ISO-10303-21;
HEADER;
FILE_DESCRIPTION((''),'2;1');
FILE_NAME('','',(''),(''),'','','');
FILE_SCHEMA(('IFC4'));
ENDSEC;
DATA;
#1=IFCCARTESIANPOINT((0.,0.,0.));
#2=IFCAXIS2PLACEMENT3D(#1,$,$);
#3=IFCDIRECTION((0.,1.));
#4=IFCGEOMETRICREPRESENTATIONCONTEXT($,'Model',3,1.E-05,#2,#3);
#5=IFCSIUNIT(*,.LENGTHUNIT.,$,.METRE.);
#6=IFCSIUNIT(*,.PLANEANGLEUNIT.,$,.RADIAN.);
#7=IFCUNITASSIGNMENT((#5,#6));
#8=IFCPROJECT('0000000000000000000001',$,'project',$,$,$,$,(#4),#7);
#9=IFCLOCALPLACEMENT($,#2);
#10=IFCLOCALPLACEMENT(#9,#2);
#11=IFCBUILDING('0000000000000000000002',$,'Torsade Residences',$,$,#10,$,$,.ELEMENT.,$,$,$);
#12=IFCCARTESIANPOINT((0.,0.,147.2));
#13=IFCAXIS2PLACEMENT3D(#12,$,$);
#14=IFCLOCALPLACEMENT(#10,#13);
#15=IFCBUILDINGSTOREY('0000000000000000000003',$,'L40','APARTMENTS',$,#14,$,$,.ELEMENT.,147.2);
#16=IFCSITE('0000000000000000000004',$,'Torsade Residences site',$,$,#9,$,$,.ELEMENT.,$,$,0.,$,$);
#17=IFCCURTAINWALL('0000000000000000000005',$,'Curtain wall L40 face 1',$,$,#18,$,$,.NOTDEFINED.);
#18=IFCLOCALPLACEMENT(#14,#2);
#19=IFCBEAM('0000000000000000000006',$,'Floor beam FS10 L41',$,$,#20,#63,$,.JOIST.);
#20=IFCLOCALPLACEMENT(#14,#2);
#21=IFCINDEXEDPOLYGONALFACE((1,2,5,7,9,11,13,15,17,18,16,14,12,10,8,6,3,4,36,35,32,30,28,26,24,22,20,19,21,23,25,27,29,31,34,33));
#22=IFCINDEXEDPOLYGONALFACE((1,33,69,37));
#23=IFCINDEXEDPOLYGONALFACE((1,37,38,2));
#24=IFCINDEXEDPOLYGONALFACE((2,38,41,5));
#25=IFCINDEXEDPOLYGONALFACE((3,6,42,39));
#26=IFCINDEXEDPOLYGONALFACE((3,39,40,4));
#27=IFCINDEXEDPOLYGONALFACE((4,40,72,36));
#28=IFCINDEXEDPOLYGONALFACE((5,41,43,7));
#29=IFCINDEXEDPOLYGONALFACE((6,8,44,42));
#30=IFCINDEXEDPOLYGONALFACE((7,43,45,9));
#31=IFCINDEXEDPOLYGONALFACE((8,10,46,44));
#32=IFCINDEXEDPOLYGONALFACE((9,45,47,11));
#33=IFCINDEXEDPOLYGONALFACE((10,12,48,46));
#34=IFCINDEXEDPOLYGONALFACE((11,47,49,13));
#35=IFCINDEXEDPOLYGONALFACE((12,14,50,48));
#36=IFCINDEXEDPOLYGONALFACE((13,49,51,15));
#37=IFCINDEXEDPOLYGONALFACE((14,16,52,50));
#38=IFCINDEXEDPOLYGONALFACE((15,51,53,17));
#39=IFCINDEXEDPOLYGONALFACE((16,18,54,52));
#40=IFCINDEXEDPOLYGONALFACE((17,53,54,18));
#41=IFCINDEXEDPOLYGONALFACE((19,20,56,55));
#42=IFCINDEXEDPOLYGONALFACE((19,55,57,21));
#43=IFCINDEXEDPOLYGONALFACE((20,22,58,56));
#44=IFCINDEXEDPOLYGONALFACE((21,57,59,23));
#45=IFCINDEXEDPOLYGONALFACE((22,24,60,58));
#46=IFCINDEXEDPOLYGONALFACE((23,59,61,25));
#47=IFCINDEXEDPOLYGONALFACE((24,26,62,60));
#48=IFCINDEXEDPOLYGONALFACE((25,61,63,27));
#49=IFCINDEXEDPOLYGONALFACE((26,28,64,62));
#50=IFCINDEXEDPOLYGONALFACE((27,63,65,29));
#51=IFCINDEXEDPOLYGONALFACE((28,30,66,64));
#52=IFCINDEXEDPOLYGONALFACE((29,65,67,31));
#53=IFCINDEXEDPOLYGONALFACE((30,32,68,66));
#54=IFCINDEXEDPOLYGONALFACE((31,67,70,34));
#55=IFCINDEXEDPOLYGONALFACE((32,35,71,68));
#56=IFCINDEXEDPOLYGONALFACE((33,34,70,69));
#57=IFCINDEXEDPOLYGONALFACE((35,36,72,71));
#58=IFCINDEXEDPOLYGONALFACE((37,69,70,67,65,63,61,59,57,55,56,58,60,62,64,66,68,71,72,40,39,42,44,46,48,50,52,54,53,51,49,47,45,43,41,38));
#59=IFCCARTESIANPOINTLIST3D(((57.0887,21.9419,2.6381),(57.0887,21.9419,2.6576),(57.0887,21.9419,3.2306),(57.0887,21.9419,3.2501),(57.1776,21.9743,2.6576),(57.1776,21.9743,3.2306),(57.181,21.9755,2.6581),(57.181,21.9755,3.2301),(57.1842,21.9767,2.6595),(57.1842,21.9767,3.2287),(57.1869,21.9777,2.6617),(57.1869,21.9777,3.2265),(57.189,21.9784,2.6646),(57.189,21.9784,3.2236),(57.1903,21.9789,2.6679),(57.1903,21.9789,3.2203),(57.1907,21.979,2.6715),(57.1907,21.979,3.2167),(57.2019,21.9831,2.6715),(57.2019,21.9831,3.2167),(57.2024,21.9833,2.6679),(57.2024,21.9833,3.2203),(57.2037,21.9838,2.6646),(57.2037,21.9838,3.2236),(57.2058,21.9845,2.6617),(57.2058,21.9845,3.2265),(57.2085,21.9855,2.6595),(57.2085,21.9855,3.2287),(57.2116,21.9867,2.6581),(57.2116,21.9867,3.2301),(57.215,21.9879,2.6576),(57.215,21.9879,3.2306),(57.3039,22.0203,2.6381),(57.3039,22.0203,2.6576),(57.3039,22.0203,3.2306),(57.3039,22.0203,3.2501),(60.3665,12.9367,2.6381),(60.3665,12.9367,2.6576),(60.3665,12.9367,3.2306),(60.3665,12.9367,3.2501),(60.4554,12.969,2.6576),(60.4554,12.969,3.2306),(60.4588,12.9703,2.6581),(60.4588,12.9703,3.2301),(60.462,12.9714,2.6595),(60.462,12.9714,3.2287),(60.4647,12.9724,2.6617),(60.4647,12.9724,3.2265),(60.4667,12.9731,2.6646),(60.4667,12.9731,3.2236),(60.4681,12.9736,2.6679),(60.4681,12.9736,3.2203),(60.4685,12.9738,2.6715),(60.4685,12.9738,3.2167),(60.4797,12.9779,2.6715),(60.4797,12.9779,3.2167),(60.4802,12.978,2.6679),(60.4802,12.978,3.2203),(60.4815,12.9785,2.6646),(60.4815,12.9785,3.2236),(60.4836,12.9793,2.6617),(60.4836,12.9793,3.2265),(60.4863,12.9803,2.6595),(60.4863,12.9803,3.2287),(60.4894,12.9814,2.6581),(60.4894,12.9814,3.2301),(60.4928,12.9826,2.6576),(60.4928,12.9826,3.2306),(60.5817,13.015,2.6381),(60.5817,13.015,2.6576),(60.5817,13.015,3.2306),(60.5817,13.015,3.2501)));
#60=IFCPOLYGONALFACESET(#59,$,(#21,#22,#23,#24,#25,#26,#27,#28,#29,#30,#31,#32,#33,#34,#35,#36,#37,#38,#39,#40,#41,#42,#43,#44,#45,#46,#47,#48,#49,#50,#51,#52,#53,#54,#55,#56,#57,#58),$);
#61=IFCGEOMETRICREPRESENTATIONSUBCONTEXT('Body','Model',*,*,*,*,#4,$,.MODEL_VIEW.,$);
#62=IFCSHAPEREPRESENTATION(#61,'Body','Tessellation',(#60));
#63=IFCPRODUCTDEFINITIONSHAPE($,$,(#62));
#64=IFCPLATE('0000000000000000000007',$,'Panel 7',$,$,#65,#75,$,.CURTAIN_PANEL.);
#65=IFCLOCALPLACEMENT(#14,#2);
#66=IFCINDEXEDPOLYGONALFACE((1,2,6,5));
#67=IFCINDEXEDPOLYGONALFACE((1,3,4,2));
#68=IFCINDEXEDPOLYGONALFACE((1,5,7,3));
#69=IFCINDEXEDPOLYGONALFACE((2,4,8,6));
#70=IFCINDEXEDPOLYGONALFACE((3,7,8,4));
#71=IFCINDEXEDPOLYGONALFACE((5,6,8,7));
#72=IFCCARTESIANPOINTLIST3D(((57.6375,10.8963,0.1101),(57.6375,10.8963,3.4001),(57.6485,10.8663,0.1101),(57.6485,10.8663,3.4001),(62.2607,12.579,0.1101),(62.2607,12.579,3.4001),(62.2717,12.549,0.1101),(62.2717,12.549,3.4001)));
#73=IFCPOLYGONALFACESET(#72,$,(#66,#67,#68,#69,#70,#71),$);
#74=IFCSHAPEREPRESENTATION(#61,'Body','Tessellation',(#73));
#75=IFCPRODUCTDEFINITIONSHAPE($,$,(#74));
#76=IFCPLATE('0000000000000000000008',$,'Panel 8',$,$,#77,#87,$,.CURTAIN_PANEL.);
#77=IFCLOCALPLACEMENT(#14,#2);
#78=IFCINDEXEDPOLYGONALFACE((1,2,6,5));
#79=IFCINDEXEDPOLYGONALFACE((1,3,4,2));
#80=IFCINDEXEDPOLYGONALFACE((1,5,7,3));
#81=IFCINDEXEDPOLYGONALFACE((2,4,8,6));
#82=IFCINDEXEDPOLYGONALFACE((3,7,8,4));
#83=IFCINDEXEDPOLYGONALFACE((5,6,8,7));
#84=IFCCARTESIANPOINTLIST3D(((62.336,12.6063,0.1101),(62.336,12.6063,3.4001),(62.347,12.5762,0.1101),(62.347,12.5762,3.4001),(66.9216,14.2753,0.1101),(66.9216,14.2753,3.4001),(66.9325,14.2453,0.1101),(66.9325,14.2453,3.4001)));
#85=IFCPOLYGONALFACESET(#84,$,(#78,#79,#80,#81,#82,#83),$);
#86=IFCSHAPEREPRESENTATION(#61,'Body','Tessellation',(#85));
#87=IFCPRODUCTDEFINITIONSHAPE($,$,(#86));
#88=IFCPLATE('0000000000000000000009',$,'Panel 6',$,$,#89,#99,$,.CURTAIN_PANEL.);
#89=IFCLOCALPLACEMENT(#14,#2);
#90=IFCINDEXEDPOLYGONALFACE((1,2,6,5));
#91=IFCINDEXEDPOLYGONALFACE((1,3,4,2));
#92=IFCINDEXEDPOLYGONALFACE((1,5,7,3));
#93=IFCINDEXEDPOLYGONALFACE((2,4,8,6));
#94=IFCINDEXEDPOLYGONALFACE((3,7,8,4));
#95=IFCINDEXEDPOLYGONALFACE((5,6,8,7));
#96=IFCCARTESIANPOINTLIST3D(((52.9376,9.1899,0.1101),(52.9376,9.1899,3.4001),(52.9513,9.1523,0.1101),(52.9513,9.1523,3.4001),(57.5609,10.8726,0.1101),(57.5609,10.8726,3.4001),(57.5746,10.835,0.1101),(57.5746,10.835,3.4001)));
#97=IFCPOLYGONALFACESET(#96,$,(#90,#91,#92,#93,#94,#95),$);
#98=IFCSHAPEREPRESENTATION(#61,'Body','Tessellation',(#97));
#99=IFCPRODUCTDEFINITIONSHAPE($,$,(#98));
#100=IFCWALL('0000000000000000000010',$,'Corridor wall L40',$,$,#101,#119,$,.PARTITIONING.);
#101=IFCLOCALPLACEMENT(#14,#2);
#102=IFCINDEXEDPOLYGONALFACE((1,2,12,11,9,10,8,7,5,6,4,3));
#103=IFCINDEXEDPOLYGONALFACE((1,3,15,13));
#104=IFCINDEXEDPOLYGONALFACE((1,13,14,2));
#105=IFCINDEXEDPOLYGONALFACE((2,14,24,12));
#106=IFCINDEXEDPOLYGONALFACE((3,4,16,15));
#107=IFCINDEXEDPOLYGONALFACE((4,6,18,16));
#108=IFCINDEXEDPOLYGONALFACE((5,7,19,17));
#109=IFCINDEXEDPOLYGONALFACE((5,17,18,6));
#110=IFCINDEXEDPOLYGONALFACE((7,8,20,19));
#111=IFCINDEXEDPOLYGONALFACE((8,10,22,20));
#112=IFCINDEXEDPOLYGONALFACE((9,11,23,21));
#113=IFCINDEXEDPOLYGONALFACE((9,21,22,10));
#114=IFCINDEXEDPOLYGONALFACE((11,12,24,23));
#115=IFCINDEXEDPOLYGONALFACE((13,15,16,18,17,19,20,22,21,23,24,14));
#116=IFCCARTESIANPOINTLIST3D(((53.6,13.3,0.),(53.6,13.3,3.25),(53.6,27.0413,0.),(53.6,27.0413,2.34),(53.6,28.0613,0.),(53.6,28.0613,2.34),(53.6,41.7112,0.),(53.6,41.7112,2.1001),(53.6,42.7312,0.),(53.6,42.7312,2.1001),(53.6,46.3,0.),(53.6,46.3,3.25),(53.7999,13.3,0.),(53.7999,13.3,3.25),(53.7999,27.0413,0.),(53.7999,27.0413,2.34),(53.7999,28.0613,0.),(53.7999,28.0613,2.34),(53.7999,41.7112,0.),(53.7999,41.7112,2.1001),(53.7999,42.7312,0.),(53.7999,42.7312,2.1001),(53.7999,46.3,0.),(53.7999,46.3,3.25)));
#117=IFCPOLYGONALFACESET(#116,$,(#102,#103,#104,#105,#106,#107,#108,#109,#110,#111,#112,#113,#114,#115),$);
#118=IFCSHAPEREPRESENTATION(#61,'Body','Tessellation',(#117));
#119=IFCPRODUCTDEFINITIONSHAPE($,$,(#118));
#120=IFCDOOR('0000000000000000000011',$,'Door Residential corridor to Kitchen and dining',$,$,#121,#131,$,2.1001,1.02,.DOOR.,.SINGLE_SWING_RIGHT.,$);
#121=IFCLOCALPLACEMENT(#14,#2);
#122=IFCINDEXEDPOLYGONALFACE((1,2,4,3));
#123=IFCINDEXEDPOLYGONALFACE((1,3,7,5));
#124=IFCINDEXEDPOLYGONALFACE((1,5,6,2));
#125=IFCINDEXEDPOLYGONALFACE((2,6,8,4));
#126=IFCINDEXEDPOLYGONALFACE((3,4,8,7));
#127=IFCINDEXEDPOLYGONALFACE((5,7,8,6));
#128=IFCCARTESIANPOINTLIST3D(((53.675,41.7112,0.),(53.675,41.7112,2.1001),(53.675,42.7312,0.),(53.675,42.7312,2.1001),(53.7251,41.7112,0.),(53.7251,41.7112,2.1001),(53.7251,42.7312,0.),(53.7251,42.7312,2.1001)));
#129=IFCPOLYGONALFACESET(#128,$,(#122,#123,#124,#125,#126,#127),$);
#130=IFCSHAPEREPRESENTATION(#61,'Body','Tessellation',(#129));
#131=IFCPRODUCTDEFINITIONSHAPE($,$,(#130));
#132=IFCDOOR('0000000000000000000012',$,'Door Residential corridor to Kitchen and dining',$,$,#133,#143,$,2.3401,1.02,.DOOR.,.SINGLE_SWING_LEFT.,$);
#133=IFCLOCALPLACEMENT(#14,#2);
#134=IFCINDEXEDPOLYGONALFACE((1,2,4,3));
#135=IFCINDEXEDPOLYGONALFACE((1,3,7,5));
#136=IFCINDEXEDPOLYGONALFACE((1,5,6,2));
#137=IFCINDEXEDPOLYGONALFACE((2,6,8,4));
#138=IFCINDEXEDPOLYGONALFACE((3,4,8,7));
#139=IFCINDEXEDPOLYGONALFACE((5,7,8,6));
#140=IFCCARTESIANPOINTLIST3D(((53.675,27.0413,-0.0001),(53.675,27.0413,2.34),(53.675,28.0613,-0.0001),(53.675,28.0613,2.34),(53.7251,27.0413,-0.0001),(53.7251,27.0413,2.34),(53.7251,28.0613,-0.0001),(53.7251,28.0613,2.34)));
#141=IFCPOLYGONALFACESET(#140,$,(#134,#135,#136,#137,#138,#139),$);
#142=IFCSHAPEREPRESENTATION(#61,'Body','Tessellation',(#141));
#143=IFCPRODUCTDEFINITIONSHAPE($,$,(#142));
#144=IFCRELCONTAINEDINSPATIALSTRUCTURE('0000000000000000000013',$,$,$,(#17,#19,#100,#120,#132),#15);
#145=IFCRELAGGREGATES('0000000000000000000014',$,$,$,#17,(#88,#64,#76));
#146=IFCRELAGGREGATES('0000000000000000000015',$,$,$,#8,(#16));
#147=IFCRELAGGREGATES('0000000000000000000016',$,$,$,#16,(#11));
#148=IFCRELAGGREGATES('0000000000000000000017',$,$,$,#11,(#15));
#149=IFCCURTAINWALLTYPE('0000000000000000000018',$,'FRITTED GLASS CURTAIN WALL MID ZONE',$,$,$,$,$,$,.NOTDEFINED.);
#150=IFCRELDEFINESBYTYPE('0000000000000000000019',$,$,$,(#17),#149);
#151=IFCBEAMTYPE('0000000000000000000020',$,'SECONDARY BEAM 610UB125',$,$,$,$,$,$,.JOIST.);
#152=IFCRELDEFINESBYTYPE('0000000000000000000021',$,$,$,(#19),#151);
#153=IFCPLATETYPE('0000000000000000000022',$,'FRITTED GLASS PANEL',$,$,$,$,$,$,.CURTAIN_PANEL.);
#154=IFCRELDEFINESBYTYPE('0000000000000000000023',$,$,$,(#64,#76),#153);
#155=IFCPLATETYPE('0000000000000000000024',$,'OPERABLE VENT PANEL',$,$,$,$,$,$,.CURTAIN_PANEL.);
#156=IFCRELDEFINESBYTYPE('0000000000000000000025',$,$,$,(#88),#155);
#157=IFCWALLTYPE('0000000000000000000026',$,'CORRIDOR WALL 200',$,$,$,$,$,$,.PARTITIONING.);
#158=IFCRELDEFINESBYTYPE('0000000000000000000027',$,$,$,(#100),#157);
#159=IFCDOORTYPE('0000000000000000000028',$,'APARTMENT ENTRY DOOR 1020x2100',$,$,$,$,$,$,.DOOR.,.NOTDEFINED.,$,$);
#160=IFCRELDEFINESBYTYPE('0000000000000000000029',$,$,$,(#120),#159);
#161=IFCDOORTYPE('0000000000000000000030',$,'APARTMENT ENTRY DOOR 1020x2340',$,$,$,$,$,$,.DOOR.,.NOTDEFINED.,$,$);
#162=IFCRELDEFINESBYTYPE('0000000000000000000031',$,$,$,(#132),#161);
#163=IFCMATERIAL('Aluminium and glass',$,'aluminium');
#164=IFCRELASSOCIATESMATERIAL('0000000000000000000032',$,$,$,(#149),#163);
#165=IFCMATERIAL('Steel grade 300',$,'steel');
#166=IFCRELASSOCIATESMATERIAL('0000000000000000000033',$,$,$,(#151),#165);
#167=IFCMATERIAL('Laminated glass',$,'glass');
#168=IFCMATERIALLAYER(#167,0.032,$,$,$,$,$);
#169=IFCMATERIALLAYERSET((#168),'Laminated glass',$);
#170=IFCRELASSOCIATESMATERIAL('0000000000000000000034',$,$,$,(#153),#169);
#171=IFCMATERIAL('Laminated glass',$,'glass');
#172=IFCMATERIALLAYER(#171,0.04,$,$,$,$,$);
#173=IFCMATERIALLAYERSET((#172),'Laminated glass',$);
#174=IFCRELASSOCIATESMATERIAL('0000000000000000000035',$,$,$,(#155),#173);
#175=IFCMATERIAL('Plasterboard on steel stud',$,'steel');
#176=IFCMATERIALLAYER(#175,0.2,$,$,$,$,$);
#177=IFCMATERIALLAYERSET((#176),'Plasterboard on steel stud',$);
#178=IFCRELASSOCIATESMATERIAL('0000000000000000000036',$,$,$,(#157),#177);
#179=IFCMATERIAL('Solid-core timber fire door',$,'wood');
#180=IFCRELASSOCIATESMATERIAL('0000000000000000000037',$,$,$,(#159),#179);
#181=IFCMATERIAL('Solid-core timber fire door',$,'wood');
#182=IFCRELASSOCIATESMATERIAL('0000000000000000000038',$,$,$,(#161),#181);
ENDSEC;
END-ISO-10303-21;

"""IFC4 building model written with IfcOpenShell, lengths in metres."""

from ifc_helpers import new_model, si_unit, direction, frame, frame_2d, origin, origin_2d, place, context, subcontext, project, spatial, rectangle, i_section, extrude, material, layer, layer_set, material_profile, profile_set, type_object, element, fill, aggregate, save


model = new_model("IFC4")

# Units and contexts
model_context = context("Model", 3, precision=1e-05, world=origin(), true_north=direction((0.0, 1.0)))
body_context = subcontext(model_context, "Body", "Model", "MODEL_VIEW")
ifc_project = project(units=[si_unit("LENGTHUNIT", "METRE"), si_unit("PLANEANGLEUNIT", "RADIAN")], contexts=[model_context])

# Site, building, storey
site_placement = place(None, origin())
site = spatial("IfcSite", under=ifc_project, at=site_placement, Name="Torsade Residences site", CompositionType="ELEMENT", RefElevation=0.0)
building_placement = place(site_placement, origin())
building = spatial("IfcBuilding", under=site, at=building_placement, Name="Torsade Residences", CompositionType="ELEMENT")
storey_placement = place(building_placement, frame((0.0, 0.0, 147.2)))
storey = spatial("IfcBuildingStorey", under=building, at=storey_placement, Name="L40", Description="APARTMENTS", CompositionType="ELEMENT", Elevation=147.2)

# Curtain wall
ifc_material_1 = material(Name="Aluminium and glass", Category="aluminium")
curtain_wall_type = type_object("IfcCurtainWallType", Name="FRITTED GLASS CURTAIN WALL MID ZONE", PredefinedType="NOTDEFINED", material=ifc_material_1)
curtain_wall_placement = place(storey_placement, origin())
curtain_wall = element("IfcCurtainWall", 1, at=curtain_wall_placement, inside=storey, type_object=curtain_wall_type, Name="Curtain wall L40 face 1", PredefinedType="NOTDEFINED")

# Beam
ifc_material_2 = material(Name="Steel grade 300", Category="steel")
ifc_material_profile_1 = material_profile(ifc_material_2, i_section(OverallWidth=0.229, OverallDepth=0.6121, WebThickness=0.012, FlangeThickness=0.0195, FilletRadius=0.0139, at=origin_2d()), Name="610UB125")
ifc_profile_set_1 = profile_set([ifc_material_profile_1], Name="Steel grade 300")
beam_type_1 = type_object("IfcBeamType", Name="SECONDARY BEAM 610UB125", PredefinedType="JOIST", material=ifc_profile_set_1)
beam_1_placement = place(storey_placement, frame((60.4741, 12.9758, 2.9441), z_axis=(-0.342034, 0.939688, 0.0), x_axis=(-0.939688, -0.342034, 0.0)))
element("IfcBeam", 2, at=beam_1_placement, inside=storey, type_object=beam_type_1, Name="Floor beam FS10 L41", PredefinedType="JOIST", context=body_context, shape_type="SweptSolid", body=[
    extrude(i_section(OverallWidth=0.229, OverallDepth=0.6121, WebThickness=0.012, FlangeThickness=0.0195, FilletRadius=0.0139, at=origin_2d()), origin(), (0.0, 0.0, 1.0), 9.5833),
])

# Plates
ifc_material_3 = material(Name="Laminated glass", Category="glass")
ifc_layer_1 = layer(ifc_material_3, 0.032)
ifc_layer_set_1 = layer_set([ifc_layer_1], Name="Laminated glass")
plate_type_1 = type_object("IfcPlateType", Name="FRITTED GLASS PANEL", PredefinedType="CURTAIN_PANEL", material=ifc_layer_set_1)
plate_1_placement = place(storey_placement, frame((59.9546, 11.7227, 0.1101), z_axis=(0.0, 0.0, 1.0), x_axis=(0.939693, 0.34202, 0.0)))
plate_1 = element("IfcPlate", 3, at=plate_1_placement, type_object=plate_type_1, Name="Panel 7", PredefinedType="CURTAIN_PANEL", context=body_context, shape_type="SweptSolid", body=[
    extrude(rectangle(XDim=4.9199, YDim=0.032, at=origin_2d()), origin(), (0.0, 0.0, 1.0), 3.29),
])
plate_2_placement = place(storey_placement, frame((64.6343, 13.4258, 0.1101), z_axis=(0.0, 0.0, 1.0), x_axis=(0.939693, 0.34202, 0.0)))
plate_2 = element("IfcPlate", 4, at=plate_2_placement, type_object=plate_type_1, Name="Panel 8", PredefinedType="CURTAIN_PANEL", context=body_context, shape_type="SweptSolid", body=[
    extrude(rectangle(XDim=4.8799, YDim=0.032, at=origin_2d()), origin(), (0.0, 0.0, 1.0), 3.29),
])
ifc_material_4 = material(Name="Laminated glass", Category="glass")
ifc_layer_2 = layer(ifc_material_4, 0.04)
ifc_layer_set_2 = layer_set([ifc_layer_2], Name="Laminated glass")
plate_type_2 = type_object("IfcPlateType", Name="OPERABLE VENT PANEL", PredefinedType="CURTAIN_PANEL", material=ifc_layer_set_2)
plate_3_placement = place(storey_placement, frame((55.2561, 10.0125, 0.1101), z_axis=(0.0, 0.0, 1.0), x_axis=(0.939693, 0.34202, 0.0)))
plate_3 = element("IfcPlate", 5, at=plate_3_placement, type_object=plate_type_2, Name="Panel 6", PredefinedType="CURTAIN_PANEL", context=body_context, shape_type="SweptSolid", body=[
    extrude(rectangle(XDim=4.9199, YDim=0.04, at=origin_2d()), origin(), (0.0, 0.0, 1.0), 3.29),
])
aggregate(curtain_wall, [plate_3, plate_1, plate_2])

# Wall, openings, doors
ifc_material_5 = material(Name="Plasterboard on steel stud", Category="steel")
ifc_layer_3 = layer(ifc_material_5, 0.2)
ifc_layer_set_3 = layer_set([ifc_layer_3], Name="Plasterboard on steel stud")
wall_type_1 = type_object("IfcWallType", Name="CORRIDOR WALL 200", PredefinedType="PARTITIONING", material=ifc_layer_set_3)
wall_1_placement = place(storey_placement, frame((53.7, 13.3, 0.0), z_axis=(0.0, 0.0, 1.0), x_axis=(0.0, 1.0, 0.0)))
wall_1 = element("IfcWall", 6, at=wall_1_placement, inside=storey, type_object=wall_type_1, Name="Corridor wall L40", PredefinedType="PARTITIONING", context=body_context, shape_type="SweptSolid", body=[
    extrude(rectangle(XDim=33.0, YDim=0.2, at=frame_2d((16.5, 0.0))), origin(), (0.0, 0.0, 1.0), 3.25),
])
opening_1_placement = place(wall_1_placement, frame((28.4111, 0.0, 0.0)))
opening_1 = element("IfcOpeningElement", 7, at=opening_1_placement, cuts=wall_1, PredefinedType="OPENING", context=body_context, shape_type="SweptSolid", body=[
    extrude(rectangle(XDim=1.02, YDim=2.1001, at=frame_2d((0.51, 1.05))), frame((0.0, 0.1099, 0.0), z_axis=(0.0, -1.0, 0.0), x_axis=(1.0, 0.0, 0.0)), (0.0, 0.0, 1.0), 0.22),
])
opening_2_placement = place(wall_1_placement, frame((13.7412, 0.0, 0.0)))
opening_2 = element("IfcOpeningElement", 8, at=opening_2_placement, cuts=wall_1, PredefinedType="OPENING", context=body_context, shape_type="SweptSolid", body=[
    extrude(rectangle(XDim=1.02, YDim=2.3401, at=frame_2d((0.51, 1.1699))), frame((0.0, 0.1099, 0.0), z_axis=(0.0, -1.0, 0.0), x_axis=(1.0, 0.0, 0.0)), (0.0, 0.0, 1.0), 0.22),
])
ifc_material_6 = material(Name="Solid-core timber fire door", Category="wood")
door_type_1 = type_object("IfcDoorType", Name="APARTMENT ENTRY DOOR 1020x2100", OperationType="NOTDEFINED", PredefinedType="DOOR", material=ifc_material_6)
door_1_placement = place(opening_1_placement, origin())
door_1 = element("IfcDoor", 9, at=door_1_placement, inside=storey, type_object=door_type_1, Name="Door Residential corridor to Kitchen and dining", OperationType="SINGLE_SWING_RIGHT", OverallHeight=2.1001, OverallWidth=1.02, PredefinedType="DOOR", context=body_context, shape_type="SweptSolid", body=[
    extrude(rectangle(XDim=1.02, YDim=2.1001, at=frame_2d((0.51, 1.05))), frame((0.0, 0.0249, 0.0), z_axis=(0.0, -1.0, 0.0), x_axis=(1.0, 0.0, 0.0)), (0.0, 0.0, 1.0), 0.05),
])
fill(opening_1, door_1)
ifc_material_7 = material(Name="Solid-core timber fire door", Category="wood")
door_type_2 = type_object("IfcDoorType", Name="APARTMENT ENTRY DOOR 1020x2340", OperationType="NOTDEFINED", PredefinedType="DOOR", material=ifc_material_7)
door_2_placement = place(opening_2_placement, origin())
door_2 = element("IfcDoor", 10, at=door_2_placement, inside=storey, type_object=door_type_2, Name="Door Residential corridor to Kitchen and dining", OperationType="SINGLE_SWING_LEFT", OverallHeight=2.3401, OverallWidth=1.02, PredefinedType="DOOR", context=body_context, shape_type="SweptSolid", body=[
    extrude(rectangle(XDim=1.02, YDim=2.3401, at=frame_2d((0.51, 1.1699))), frame((0.0, 0.0249, 0.0), z_axis=(0.0, -1.0, 0.0), x_axis=(1.0, 0.0, 0.0)), (0.0, 0.0, 1.0), 0.05),
])
fill(opening_2, door_2)

save(model, "model.ifc")
